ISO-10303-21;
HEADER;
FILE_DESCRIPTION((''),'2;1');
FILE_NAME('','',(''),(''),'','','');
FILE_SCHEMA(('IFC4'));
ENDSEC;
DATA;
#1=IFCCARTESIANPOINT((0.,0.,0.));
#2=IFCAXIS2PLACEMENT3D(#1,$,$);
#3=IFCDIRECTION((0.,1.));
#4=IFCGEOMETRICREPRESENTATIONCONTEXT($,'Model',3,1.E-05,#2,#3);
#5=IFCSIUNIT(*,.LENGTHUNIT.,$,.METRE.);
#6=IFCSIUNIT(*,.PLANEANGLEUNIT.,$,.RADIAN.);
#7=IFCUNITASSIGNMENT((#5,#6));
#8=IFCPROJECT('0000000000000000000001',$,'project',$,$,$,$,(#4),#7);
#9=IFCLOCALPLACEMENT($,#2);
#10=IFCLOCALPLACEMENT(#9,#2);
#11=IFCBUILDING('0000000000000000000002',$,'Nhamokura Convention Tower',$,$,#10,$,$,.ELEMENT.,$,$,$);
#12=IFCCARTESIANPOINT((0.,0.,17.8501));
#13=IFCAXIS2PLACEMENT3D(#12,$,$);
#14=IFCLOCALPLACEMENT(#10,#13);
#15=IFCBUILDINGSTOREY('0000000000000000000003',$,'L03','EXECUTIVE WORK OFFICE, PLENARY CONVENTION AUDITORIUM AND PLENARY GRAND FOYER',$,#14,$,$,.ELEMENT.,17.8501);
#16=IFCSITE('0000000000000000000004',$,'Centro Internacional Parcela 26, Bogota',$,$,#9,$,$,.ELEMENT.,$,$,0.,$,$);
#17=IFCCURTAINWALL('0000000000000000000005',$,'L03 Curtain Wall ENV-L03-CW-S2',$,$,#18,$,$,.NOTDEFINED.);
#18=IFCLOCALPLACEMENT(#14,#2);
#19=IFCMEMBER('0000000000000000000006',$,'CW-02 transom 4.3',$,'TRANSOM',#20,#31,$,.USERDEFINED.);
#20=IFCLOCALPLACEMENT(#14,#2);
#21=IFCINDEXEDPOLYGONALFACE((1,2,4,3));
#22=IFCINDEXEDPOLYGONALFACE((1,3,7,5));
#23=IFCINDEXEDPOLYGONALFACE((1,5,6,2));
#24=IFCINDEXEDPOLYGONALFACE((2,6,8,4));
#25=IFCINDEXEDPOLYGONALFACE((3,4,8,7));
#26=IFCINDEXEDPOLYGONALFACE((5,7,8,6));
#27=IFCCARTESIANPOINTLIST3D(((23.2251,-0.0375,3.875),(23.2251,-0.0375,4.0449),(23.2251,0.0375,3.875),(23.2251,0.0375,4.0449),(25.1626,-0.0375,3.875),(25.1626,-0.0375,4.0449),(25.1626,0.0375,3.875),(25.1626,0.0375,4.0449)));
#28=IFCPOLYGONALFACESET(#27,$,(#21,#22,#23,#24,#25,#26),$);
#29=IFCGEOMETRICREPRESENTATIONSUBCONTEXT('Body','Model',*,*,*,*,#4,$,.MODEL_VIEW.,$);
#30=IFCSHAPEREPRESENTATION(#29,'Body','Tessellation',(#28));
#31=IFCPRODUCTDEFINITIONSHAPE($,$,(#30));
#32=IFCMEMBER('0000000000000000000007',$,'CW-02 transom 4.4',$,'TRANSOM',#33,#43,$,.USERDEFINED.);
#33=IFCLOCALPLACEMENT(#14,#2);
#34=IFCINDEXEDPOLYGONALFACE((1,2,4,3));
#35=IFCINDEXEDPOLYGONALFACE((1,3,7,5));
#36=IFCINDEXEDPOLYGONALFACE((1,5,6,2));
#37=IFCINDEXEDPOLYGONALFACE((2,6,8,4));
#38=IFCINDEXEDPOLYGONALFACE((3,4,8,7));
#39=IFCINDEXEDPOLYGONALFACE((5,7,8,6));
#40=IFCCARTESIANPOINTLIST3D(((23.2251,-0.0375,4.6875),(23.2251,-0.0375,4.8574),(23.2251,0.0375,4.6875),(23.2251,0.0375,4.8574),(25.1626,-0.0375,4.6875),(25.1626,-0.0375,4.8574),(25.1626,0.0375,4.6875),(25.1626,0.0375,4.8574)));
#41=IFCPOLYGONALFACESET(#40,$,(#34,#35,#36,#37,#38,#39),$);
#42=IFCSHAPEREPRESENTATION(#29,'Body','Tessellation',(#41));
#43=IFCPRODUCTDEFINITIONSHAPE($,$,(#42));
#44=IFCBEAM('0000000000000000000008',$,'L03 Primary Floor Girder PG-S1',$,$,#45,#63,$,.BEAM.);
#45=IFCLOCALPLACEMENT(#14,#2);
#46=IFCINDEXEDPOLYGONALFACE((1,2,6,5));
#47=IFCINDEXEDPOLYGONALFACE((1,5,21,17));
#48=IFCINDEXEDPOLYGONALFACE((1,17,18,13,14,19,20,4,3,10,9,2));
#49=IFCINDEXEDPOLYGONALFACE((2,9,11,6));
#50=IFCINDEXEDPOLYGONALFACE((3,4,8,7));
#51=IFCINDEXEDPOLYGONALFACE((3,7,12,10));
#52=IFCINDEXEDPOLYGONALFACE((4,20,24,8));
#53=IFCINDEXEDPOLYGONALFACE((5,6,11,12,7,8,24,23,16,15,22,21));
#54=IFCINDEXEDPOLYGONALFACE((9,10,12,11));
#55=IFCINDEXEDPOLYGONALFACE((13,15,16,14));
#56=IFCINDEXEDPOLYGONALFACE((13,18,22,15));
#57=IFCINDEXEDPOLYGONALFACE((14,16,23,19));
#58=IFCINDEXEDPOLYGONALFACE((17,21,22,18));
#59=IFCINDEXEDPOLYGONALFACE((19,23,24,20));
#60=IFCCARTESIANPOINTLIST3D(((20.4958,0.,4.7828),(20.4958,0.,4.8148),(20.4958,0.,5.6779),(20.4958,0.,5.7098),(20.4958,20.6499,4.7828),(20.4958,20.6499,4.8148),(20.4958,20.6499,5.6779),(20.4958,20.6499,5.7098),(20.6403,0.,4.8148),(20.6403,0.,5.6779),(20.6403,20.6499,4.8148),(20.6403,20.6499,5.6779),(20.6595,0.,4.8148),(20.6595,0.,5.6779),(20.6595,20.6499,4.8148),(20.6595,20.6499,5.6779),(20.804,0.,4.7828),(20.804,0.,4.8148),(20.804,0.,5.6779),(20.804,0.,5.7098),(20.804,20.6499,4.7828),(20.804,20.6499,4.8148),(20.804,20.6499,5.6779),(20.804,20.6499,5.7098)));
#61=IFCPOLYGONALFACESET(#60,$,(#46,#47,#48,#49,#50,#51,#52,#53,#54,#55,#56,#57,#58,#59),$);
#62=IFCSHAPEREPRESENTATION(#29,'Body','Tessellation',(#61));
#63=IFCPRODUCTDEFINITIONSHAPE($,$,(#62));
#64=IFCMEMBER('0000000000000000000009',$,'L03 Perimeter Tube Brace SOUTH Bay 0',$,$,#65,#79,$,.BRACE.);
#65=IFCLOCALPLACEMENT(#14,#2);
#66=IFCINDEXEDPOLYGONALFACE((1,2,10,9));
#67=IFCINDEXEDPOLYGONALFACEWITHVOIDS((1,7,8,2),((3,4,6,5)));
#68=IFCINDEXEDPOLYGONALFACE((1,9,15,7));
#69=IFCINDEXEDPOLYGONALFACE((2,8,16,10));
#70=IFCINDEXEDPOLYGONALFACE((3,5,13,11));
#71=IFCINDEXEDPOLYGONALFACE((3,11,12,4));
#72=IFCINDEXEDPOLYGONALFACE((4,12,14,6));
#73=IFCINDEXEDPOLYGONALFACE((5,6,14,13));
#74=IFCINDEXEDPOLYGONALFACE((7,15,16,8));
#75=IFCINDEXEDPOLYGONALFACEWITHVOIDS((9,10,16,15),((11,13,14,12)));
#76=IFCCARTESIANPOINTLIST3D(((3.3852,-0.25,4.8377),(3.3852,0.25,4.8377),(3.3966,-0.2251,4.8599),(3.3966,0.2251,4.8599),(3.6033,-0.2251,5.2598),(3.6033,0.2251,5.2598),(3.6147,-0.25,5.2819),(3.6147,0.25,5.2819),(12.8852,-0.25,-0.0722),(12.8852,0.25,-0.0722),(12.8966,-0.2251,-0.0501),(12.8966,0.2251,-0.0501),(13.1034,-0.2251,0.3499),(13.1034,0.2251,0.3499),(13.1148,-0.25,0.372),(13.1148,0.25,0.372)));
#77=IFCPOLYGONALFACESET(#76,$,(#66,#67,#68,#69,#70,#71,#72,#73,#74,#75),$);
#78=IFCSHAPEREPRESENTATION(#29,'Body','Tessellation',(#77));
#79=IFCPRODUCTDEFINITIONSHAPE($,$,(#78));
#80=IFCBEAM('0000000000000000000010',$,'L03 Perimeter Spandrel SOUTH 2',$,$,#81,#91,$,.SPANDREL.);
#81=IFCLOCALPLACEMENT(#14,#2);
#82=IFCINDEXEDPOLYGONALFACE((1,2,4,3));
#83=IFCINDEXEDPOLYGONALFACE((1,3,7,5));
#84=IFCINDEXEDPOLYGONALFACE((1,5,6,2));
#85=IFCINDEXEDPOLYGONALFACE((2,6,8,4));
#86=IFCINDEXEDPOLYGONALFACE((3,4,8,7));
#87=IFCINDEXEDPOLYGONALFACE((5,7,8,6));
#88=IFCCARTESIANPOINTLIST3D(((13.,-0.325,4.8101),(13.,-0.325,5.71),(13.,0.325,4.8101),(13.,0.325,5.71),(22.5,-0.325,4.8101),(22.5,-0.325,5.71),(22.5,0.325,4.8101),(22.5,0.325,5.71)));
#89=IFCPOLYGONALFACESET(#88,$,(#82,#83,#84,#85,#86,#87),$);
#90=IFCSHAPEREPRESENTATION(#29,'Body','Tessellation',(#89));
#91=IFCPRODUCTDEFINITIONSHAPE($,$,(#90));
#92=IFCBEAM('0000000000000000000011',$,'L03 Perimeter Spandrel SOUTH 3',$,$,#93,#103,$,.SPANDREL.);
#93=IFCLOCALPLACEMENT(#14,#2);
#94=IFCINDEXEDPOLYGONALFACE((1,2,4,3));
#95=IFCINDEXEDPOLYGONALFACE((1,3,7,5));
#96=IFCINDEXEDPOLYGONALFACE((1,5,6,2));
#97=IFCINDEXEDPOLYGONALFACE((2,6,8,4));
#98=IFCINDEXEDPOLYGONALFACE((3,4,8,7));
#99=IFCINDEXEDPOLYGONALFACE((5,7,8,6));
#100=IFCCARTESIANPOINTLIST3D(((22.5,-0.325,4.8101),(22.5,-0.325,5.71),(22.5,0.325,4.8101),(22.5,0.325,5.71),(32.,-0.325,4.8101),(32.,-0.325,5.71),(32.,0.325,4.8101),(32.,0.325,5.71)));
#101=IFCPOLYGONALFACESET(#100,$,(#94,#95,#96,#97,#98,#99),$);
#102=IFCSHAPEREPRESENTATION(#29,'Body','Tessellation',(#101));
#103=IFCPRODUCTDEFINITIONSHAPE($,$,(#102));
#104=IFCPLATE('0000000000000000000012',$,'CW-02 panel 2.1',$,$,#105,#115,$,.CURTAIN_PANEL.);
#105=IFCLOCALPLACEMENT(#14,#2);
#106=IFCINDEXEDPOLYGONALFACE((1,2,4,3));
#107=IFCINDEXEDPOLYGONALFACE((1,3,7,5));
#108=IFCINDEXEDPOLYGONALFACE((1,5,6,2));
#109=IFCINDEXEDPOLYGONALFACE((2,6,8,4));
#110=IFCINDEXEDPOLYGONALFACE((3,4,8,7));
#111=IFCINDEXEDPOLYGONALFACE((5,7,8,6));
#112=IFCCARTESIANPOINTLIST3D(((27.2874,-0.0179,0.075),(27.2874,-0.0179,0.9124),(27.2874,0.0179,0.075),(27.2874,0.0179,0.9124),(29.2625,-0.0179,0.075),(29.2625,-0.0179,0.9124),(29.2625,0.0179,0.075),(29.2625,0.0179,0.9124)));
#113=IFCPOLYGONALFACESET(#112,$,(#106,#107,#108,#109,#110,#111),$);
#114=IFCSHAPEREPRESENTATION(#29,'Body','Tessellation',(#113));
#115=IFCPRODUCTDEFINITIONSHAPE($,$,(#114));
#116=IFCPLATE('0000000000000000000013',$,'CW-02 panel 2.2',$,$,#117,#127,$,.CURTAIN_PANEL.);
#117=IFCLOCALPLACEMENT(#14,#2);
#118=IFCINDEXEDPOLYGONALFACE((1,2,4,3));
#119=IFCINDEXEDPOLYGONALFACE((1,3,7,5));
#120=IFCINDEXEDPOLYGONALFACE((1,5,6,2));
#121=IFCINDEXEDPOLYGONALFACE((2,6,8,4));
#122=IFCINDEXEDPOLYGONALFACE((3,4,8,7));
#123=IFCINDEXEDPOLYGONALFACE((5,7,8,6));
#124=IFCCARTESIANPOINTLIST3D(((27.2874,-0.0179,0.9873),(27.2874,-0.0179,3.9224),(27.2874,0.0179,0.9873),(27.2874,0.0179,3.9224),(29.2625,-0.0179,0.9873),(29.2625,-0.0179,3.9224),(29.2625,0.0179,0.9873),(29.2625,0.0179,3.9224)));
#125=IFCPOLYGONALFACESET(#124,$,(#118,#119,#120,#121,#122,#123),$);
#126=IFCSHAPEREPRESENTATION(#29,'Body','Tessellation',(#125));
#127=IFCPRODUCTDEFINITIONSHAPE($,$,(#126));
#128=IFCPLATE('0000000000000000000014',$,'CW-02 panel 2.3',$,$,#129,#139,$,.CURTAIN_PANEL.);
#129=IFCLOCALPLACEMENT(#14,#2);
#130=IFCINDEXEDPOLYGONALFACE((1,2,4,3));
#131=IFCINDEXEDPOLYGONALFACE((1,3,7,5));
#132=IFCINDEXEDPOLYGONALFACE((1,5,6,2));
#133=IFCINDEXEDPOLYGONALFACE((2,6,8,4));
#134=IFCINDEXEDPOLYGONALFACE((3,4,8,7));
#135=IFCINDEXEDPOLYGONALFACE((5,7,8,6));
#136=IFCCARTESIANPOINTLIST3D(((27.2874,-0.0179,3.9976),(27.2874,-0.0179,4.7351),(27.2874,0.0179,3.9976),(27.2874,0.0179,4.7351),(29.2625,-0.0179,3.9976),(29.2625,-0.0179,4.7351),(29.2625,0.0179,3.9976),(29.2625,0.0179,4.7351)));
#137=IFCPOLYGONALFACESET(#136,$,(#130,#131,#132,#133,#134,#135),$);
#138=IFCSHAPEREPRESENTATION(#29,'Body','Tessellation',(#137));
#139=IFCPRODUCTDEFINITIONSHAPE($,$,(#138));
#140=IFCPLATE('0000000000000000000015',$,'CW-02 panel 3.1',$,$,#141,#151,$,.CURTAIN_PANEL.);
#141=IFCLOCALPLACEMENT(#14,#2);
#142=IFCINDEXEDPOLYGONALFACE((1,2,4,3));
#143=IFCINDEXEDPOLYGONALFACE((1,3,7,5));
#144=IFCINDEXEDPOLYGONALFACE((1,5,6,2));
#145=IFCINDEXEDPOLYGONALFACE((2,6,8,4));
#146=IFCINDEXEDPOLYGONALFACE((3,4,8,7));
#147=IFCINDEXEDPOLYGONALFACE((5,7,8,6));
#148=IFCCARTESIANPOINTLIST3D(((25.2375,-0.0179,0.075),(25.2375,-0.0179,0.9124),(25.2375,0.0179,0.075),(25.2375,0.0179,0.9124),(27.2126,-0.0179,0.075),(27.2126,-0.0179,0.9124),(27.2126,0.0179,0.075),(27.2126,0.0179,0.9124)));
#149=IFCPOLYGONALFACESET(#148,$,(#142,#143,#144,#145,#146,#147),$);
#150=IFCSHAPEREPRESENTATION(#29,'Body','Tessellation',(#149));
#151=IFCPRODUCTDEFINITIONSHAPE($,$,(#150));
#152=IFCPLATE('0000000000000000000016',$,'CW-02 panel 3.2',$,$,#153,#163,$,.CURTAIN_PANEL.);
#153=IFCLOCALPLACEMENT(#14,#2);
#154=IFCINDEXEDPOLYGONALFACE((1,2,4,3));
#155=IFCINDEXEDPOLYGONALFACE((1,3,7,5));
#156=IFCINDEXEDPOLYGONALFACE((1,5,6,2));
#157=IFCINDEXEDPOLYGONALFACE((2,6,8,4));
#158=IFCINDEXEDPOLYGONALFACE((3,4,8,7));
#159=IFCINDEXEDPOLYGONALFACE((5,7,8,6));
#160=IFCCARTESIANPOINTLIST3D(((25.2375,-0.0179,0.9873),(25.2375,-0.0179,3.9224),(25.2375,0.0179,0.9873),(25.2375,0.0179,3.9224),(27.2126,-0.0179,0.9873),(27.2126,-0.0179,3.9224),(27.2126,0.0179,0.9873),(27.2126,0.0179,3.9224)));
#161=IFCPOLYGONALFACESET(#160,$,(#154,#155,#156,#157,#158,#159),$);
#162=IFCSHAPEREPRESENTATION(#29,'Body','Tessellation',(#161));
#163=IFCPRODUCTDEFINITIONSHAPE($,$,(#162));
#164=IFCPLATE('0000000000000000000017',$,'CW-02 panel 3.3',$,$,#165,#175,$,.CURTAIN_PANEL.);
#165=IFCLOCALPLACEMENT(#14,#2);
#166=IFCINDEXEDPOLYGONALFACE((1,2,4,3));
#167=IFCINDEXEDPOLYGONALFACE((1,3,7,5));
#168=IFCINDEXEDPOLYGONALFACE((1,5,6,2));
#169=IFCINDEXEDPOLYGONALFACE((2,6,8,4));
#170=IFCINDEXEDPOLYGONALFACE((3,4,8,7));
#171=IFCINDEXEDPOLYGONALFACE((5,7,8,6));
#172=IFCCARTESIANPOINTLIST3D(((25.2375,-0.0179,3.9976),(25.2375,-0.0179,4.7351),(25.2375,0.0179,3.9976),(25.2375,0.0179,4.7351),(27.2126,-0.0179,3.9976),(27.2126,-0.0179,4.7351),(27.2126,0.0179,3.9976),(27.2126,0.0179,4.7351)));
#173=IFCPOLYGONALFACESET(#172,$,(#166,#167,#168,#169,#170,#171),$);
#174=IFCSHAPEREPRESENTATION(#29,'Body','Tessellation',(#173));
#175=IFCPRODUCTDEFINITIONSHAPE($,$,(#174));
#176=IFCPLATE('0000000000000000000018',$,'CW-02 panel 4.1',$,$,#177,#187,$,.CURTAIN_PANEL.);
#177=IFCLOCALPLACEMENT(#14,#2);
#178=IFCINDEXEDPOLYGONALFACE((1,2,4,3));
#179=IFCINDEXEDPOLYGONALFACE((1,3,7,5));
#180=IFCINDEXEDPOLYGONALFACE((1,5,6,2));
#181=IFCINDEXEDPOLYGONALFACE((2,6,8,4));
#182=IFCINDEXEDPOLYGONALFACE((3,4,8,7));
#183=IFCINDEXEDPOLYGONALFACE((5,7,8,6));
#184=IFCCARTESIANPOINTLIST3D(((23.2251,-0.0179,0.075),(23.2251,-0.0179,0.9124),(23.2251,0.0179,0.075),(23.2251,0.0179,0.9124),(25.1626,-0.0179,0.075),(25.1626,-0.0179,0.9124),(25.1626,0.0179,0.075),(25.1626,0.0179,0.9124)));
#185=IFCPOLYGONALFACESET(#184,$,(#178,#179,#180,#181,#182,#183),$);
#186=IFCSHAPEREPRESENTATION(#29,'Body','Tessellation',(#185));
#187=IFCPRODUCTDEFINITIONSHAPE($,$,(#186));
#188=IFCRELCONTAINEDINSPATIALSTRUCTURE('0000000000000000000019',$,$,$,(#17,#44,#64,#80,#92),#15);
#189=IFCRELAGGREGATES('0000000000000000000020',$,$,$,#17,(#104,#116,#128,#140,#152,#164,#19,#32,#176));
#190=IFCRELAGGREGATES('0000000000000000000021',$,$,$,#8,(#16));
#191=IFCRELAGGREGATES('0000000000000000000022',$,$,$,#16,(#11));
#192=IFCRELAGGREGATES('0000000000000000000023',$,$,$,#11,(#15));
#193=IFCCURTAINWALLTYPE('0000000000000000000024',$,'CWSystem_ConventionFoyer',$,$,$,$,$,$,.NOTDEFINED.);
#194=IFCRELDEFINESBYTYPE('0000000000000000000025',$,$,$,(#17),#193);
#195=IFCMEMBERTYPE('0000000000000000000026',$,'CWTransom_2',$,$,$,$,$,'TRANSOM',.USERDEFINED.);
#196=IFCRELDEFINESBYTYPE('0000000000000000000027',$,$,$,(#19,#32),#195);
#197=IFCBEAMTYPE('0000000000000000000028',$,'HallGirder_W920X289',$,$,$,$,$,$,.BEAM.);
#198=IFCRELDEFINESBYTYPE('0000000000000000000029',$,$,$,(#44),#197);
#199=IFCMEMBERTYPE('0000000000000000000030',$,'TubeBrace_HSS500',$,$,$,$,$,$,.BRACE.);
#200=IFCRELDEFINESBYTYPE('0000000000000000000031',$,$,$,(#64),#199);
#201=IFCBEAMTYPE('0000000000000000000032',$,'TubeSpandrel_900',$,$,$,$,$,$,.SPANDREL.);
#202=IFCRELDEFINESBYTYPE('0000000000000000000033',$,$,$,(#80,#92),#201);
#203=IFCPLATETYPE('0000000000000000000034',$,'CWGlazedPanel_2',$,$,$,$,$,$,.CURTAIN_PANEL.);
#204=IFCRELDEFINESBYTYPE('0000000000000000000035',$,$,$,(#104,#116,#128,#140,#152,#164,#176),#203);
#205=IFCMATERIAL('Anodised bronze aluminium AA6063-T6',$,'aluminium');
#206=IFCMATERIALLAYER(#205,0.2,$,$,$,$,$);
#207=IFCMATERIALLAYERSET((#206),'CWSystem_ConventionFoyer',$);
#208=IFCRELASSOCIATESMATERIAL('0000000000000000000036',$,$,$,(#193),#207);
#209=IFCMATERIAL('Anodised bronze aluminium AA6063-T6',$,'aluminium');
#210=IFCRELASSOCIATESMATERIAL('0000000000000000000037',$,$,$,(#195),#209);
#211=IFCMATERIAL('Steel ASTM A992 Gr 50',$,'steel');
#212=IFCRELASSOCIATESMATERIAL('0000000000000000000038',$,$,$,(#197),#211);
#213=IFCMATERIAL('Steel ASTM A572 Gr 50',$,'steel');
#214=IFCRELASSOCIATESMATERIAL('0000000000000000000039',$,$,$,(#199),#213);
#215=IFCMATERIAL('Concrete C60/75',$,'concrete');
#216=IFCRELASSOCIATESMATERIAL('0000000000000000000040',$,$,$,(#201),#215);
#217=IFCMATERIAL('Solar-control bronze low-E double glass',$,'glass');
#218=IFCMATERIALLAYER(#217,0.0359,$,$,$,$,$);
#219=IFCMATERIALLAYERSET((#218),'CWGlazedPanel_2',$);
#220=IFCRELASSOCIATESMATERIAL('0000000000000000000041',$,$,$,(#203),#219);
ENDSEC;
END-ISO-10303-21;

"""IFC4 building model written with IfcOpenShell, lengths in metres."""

from ifc_helpers import new_model, si_unit, direction, frame, origin, origin_2d, place, context, subcontext, project, spatial, rectangle, hollow_rectangle, i_section, extrude, material, layer, layer_set, material_profile, profile_set, type_object, element, aggregate, save


model = new_model("IFC4")

# Units and contexts
model_context = context("Model", 3, precision=1e-05, world=origin(), true_north=direction((0.0, 1.0)))
body_context = subcontext(model_context, "Body", "Model", "MODEL_VIEW")
ifc_project = project(units=[si_unit("LENGTHUNIT", "METRE"), si_unit("PLANEANGLEUNIT", "RADIAN")], contexts=[model_context])

# Site, building, storey
site_placement = place(None, origin())
site = spatial("IfcSite", under=ifc_project, at=site_placement, Name="Centro Internacional Parcela 26, Bogota", CompositionType="ELEMENT", RefElevation=0.0)
building_placement = place(site_placement, origin())
building = spatial("IfcBuilding", under=site, at=building_placement, Name="Nhamokura Convention Tower", CompositionType="ELEMENT")
storey_placement = place(building_placement, frame((0.0, 0.0, 17.8501)))
storey = spatial("IfcBuildingStorey", under=building, at=storey_placement, Name="L03", Description="EXECUTIVE WORK OFFICE, PLENARY CONVENTION AUDITORIUM AND PLENARY GRAND FOYER", CompositionType="ELEMENT", Elevation=17.8501)

# Curtain wall, members
ifc_material_1 = material(Name="Anodised bronze aluminium AA6063-T6", Category="aluminium")
ifc_layer_1 = layer(ifc_material_1, 0.2)
ifc_layer_set_1 = layer_set([ifc_layer_1], Name="CWSystem_ConventionFoyer")
curtain_wall_type = type_object("IfcCurtainWallType", Name="CWSystem_ConventionFoyer", PredefinedType="NOTDEFINED", material=ifc_layer_set_1)
curtain_wall_placement = place(storey_placement, origin())
curtain_wall = element("IfcCurtainWall", 1, at=curtain_wall_placement, inside=storey, type_object=curtain_wall_type, Name="L03 Curtain Wall ENV-L03-CW-S2", PredefinedType="NOTDEFINED")
ifc_material_2 = material(Name="Anodised bronze aluminium AA6063-T6", Category="aluminium")
ifc_material_profile_1 = material_profile(ifc_material_2, rectangle(XDim=0.075, YDim=0.1699, at=origin_2d()))
ifc_profile_set_1 = profile_set([ifc_material_profile_1], Name="Anodised bronze aluminium AA6063-T6")
member_type_1 = type_object("IfcMemberType", Name="CWTransom_2", ElementType="TRANSOM", PredefinedType="USERDEFINED", material=ifc_profile_set_1)
member_1_placement = place(storey_placement, frame((25.1626, 0.0, 3.96), z_axis=(-1.0, 0.0, 0.0), x_axis=(0.0, -1.0, 0.0)))
member_1 = element("IfcMember", 2, at=member_1_placement, type_object=member_type_1, Name="CW-02 transom 4.3", ObjectType="TRANSOM", PredefinedType="USERDEFINED", context=body_context, shape_type="SweptSolid", body=[
    extrude(rectangle(XDim=0.075, YDim=0.1699, at=origin_2d()), origin(), (0.0, 0.0, 1.0), 1.9375),
])
member_2_placement = place(storey_placement, frame((25.1626, 0.0, 4.7725), z_axis=(-1.0, 0.0, 0.0), x_axis=(0.0, -1.0, 0.0)))
member_2 = element("IfcMember", 3, at=member_2_placement, type_object=member_type_1, Name="CW-02 transom 4.4", ObjectType="TRANSOM", PredefinedType="USERDEFINED", context=body_context, shape_type="SweptSolid", body=[
    extrude(rectangle(XDim=0.075, YDim=0.1699, at=origin_2d()), origin(), (0.0, 0.0, 1.0), 1.9375),
])

# Beam
ifc_material_3 = material(Name="Steel ASTM A992 Gr 50", Category="steel")
ifc_material_profile_2 = material_profile(ifc_material_3, i_section(OverallWidth=0.3081, OverallDepth=0.927, WebThickness=0.0193, FlangeThickness=0.032, at=origin_2d()))
ifc_profile_set_2 = profile_set([ifc_material_profile_2], Name="Steel ASTM A992 Gr 50")
beam_type_1 = type_object("IfcBeamType", Name="HallGirder_W920X289", PredefinedType="BEAM", material=ifc_profile_set_2)
beam_placement = place(storey_placement, frame((20.6499, 0.0, 5.2463), z_axis=(0.0, 1.0, 0.0), x_axis=(-1.0, 0.0, 0.0)))
element("IfcBeam", 4, at=beam_placement, inside=storey, type_object=beam_type_1, Name="L03 Primary Floor Girder PG-S1", PredefinedType="BEAM", context=body_context, shape_type="SweptSolid", body=[
    extrude(i_section(OverallWidth=0.3081, OverallDepth=0.927, WebThickness=0.0193, FlangeThickness=0.032, at=origin_2d()), origin(), (0.0, 0.0, 1.0), 20.6499),
])

# Member
ifc_material_4 = material(Name="Steel ASTM A572 Gr 50", Category="steel")
ifc_material_profile_3 = material_profile(ifc_material_4, hollow_rectangle(XDim=0.5, YDim=0.5, WallThickness=0.0249, at=origin_2d()))
ifc_profile_set_3 = profile_set([ifc_material_profile_3], Name="Steel ASTM A572 Gr 50")
member_type_2 = type_object("IfcMemberType", Name="TubeBrace_HSS500", PredefinedType="BRACE", material=ifc_profile_set_3)
member_3_placement = place(storey_placement, frame((13.0, 0.0, 0.1499), z_axis=(-0.888366, 0.0, 0.459137), x_axis=(0.0, -1.0, 0.0)))
element("IfcMember", 5, at=member_3_placement, inside=storey, type_object=member_type_2, Name="L03 Perimeter Tube Brace SOUTH Bay 0", PredefinedType="BRACE", context=body_context, shape_type="SweptSolid", body=[
    extrude(hollow_rectangle(XDim=0.5, YDim=0.5, WallThickness=0.0249, at=origin_2d()), origin(), (0.0, 0.0, 1.0), 10.6938),
])

# Beams
ifc_material_5 = material(Name="Concrete C60/75", Category="concrete")
ifc_material_profile_4 = material_profile(ifc_material_5, rectangle(XDim=0.6499, YDim=0.8999, at=origin_2d()))
ifc_profile_set_4 = profile_set([ifc_material_profile_4], Name="Concrete C60/75")
beam_type_2 = type_object("IfcBeamType", Name="TubeSpandrel_900", PredefinedType="SPANDREL", material=ifc_profile_set_4)
for number, where, z_axis, x_axis, name in (
    (6, (13.0, 0.0, 5.26), (1.0, 0.0, 0.0), (0.0, 1.0, 0.0), "L03 Perimeter Spandrel SOUTH 2"),
    (7, (22.5, 0.0, 5.26), (1.0, 0.0, 0.0), (0.0, 1.0, 0.0), "L03 Perimeter Spandrel SOUTH 3"),
):
    element("IfcBeam", number, at=place(storey_placement, frame(where, z_axis=z_axis, x_axis=x_axis)), inside=storey, type_object=beam_type_2, Name=name, PredefinedType="SPANDREL", context=body_context, shape_type="SweptSolid", body=[
        extrude(rectangle(XDim=0.6499, YDim=0.8999, at=origin_2d()), origin(), (0.0, 0.0, 1.0), 9.5),
    ])

# Plates
ifc_material_6 = material(Name="Solar-control bronze low-E double glass", Category="glass")
ifc_layer_2 = layer(ifc_material_6, 0.0359)
ifc_layer_set_2 = layer_set([ifc_layer_2], Name="CWGlazedPanel_2")
plate_type = type_object("IfcPlateType", Name="CWGlazedPanel_2", PredefinedType="CURTAIN_PANEL", material=ifc_layer_set_2)
plate_1_placement = place(storey_placement, frame((28.2749, 0.0, 0.075), z_axis=(0.0, 0.0, 1.0), x_axis=(-1.0, 0.0, 0.0)))
plate_1 = element("IfcPlate", 8, at=plate_1_placement, type_object=plate_type, Name="CW-02 panel 2.1", PredefinedType="CURTAIN_PANEL", context=body_context, shape_type="SweptSolid", body=[
    extrude(rectangle(XDim=1.9751, YDim=0.0359, at=origin_2d()), origin(), (0.0, 0.0, 1.0), 0.8374),
])
plate_2_placement = place(storey_placement, frame((28.2749, 0.0, 0.9873), z_axis=(0.0, 0.0, 1.0), x_axis=(-1.0, 0.0, 0.0)))
plate_2 = element("IfcPlate", 9, at=plate_2_placement, type_object=plate_type, Name="CW-02 panel 2.2", PredefinedType="CURTAIN_PANEL", context=body_context, shape_type="SweptSolid", body=[
    extrude(rectangle(XDim=1.9751, YDim=0.0359, at=origin_2d()), origin(), (0.0, 0.0, 1.0), 2.9351),
])
plate_3_placement = place(storey_placement, frame((28.2749, 0.0, 3.9976), z_axis=(0.0, 0.0, 1.0), x_axis=(-1.0, 0.0, 0.0)))
plate_3 = element("IfcPlate", 10, at=plate_3_placement, type_object=plate_type, Name="CW-02 panel 2.3", PredefinedType="CURTAIN_PANEL", context=body_context, shape_type="SweptSolid", body=[
    extrude(rectangle(XDim=1.9751, YDim=0.0359, at=origin_2d()), origin(), (0.0, 0.0, 1.0), 0.7375),
])
plate_4_placement = place(storey_placement, frame((26.2251, 0.0, 0.075), z_axis=(0.0, 0.0, 1.0), x_axis=(-1.0, 0.0, 0.0)))
plate_4 = element("IfcPlate", 11, at=plate_4_placement, type_object=plate_type, Name="CW-02 panel 3.1", PredefinedType="CURTAIN_PANEL", context=body_context, shape_type="SweptSolid", body=[
    extrude(rectangle(XDim=1.9751, YDim=0.0359, at=origin_2d()), origin(), (0.0, 0.0, 1.0), 0.8374),
])
plate_5_placement = place(storey_placement, frame((26.2251, 0.0, 0.9873), z_axis=(0.0, 0.0, 1.0), x_axis=(-1.0, 0.0, 0.0)))
plate_5 = element("IfcPlate", 12, at=plate_5_placement, type_object=plate_type, Name="CW-02 panel 3.2", PredefinedType="CURTAIN_PANEL", context=body_context, shape_type="SweptSolid", body=[
    extrude(rectangle(XDim=1.9751, YDim=0.0359, at=origin_2d()), origin(), (0.0, 0.0, 1.0), 2.9351),
])
plate_6_placement = place(storey_placement, frame((26.2251, 0.0, 3.9976), z_axis=(0.0, 0.0, 1.0), x_axis=(-1.0, 0.0, 0.0)))
plate_6 = element("IfcPlate", 13, at=plate_6_placement, type_object=plate_type, Name="CW-02 panel 3.3", PredefinedType="CURTAIN_PANEL", context=body_context, shape_type="SweptSolid", body=[
    extrude(rectangle(XDim=1.9751, YDim=0.0359, at=origin_2d()), origin(), (0.0, 0.0, 1.0), 0.7375),
])
plate_7_placement = place(storey_placement, frame((24.1938, 0.0, 0.075), z_axis=(0.0, 0.0, 1.0), x_axis=(-1.0, 0.0, 0.0)))
plate_7 = element("IfcPlate", 14, at=plate_7_placement, type_object=plate_type, Name="CW-02 panel 4.1", PredefinedType="CURTAIN_PANEL", context=body_context, shape_type="SweptSolid", body=[
    extrude(rectangle(XDim=1.9375, YDim=0.0359, at=origin_2d()), origin(), (0.0, 0.0, 1.0), 0.8374),
])
aggregate(curtain_wall, [plate_1, plate_2, plate_3, plate_4, plate_5, plate_6, member_1, member_2, plate_7])

save(model, "model.ifc")
